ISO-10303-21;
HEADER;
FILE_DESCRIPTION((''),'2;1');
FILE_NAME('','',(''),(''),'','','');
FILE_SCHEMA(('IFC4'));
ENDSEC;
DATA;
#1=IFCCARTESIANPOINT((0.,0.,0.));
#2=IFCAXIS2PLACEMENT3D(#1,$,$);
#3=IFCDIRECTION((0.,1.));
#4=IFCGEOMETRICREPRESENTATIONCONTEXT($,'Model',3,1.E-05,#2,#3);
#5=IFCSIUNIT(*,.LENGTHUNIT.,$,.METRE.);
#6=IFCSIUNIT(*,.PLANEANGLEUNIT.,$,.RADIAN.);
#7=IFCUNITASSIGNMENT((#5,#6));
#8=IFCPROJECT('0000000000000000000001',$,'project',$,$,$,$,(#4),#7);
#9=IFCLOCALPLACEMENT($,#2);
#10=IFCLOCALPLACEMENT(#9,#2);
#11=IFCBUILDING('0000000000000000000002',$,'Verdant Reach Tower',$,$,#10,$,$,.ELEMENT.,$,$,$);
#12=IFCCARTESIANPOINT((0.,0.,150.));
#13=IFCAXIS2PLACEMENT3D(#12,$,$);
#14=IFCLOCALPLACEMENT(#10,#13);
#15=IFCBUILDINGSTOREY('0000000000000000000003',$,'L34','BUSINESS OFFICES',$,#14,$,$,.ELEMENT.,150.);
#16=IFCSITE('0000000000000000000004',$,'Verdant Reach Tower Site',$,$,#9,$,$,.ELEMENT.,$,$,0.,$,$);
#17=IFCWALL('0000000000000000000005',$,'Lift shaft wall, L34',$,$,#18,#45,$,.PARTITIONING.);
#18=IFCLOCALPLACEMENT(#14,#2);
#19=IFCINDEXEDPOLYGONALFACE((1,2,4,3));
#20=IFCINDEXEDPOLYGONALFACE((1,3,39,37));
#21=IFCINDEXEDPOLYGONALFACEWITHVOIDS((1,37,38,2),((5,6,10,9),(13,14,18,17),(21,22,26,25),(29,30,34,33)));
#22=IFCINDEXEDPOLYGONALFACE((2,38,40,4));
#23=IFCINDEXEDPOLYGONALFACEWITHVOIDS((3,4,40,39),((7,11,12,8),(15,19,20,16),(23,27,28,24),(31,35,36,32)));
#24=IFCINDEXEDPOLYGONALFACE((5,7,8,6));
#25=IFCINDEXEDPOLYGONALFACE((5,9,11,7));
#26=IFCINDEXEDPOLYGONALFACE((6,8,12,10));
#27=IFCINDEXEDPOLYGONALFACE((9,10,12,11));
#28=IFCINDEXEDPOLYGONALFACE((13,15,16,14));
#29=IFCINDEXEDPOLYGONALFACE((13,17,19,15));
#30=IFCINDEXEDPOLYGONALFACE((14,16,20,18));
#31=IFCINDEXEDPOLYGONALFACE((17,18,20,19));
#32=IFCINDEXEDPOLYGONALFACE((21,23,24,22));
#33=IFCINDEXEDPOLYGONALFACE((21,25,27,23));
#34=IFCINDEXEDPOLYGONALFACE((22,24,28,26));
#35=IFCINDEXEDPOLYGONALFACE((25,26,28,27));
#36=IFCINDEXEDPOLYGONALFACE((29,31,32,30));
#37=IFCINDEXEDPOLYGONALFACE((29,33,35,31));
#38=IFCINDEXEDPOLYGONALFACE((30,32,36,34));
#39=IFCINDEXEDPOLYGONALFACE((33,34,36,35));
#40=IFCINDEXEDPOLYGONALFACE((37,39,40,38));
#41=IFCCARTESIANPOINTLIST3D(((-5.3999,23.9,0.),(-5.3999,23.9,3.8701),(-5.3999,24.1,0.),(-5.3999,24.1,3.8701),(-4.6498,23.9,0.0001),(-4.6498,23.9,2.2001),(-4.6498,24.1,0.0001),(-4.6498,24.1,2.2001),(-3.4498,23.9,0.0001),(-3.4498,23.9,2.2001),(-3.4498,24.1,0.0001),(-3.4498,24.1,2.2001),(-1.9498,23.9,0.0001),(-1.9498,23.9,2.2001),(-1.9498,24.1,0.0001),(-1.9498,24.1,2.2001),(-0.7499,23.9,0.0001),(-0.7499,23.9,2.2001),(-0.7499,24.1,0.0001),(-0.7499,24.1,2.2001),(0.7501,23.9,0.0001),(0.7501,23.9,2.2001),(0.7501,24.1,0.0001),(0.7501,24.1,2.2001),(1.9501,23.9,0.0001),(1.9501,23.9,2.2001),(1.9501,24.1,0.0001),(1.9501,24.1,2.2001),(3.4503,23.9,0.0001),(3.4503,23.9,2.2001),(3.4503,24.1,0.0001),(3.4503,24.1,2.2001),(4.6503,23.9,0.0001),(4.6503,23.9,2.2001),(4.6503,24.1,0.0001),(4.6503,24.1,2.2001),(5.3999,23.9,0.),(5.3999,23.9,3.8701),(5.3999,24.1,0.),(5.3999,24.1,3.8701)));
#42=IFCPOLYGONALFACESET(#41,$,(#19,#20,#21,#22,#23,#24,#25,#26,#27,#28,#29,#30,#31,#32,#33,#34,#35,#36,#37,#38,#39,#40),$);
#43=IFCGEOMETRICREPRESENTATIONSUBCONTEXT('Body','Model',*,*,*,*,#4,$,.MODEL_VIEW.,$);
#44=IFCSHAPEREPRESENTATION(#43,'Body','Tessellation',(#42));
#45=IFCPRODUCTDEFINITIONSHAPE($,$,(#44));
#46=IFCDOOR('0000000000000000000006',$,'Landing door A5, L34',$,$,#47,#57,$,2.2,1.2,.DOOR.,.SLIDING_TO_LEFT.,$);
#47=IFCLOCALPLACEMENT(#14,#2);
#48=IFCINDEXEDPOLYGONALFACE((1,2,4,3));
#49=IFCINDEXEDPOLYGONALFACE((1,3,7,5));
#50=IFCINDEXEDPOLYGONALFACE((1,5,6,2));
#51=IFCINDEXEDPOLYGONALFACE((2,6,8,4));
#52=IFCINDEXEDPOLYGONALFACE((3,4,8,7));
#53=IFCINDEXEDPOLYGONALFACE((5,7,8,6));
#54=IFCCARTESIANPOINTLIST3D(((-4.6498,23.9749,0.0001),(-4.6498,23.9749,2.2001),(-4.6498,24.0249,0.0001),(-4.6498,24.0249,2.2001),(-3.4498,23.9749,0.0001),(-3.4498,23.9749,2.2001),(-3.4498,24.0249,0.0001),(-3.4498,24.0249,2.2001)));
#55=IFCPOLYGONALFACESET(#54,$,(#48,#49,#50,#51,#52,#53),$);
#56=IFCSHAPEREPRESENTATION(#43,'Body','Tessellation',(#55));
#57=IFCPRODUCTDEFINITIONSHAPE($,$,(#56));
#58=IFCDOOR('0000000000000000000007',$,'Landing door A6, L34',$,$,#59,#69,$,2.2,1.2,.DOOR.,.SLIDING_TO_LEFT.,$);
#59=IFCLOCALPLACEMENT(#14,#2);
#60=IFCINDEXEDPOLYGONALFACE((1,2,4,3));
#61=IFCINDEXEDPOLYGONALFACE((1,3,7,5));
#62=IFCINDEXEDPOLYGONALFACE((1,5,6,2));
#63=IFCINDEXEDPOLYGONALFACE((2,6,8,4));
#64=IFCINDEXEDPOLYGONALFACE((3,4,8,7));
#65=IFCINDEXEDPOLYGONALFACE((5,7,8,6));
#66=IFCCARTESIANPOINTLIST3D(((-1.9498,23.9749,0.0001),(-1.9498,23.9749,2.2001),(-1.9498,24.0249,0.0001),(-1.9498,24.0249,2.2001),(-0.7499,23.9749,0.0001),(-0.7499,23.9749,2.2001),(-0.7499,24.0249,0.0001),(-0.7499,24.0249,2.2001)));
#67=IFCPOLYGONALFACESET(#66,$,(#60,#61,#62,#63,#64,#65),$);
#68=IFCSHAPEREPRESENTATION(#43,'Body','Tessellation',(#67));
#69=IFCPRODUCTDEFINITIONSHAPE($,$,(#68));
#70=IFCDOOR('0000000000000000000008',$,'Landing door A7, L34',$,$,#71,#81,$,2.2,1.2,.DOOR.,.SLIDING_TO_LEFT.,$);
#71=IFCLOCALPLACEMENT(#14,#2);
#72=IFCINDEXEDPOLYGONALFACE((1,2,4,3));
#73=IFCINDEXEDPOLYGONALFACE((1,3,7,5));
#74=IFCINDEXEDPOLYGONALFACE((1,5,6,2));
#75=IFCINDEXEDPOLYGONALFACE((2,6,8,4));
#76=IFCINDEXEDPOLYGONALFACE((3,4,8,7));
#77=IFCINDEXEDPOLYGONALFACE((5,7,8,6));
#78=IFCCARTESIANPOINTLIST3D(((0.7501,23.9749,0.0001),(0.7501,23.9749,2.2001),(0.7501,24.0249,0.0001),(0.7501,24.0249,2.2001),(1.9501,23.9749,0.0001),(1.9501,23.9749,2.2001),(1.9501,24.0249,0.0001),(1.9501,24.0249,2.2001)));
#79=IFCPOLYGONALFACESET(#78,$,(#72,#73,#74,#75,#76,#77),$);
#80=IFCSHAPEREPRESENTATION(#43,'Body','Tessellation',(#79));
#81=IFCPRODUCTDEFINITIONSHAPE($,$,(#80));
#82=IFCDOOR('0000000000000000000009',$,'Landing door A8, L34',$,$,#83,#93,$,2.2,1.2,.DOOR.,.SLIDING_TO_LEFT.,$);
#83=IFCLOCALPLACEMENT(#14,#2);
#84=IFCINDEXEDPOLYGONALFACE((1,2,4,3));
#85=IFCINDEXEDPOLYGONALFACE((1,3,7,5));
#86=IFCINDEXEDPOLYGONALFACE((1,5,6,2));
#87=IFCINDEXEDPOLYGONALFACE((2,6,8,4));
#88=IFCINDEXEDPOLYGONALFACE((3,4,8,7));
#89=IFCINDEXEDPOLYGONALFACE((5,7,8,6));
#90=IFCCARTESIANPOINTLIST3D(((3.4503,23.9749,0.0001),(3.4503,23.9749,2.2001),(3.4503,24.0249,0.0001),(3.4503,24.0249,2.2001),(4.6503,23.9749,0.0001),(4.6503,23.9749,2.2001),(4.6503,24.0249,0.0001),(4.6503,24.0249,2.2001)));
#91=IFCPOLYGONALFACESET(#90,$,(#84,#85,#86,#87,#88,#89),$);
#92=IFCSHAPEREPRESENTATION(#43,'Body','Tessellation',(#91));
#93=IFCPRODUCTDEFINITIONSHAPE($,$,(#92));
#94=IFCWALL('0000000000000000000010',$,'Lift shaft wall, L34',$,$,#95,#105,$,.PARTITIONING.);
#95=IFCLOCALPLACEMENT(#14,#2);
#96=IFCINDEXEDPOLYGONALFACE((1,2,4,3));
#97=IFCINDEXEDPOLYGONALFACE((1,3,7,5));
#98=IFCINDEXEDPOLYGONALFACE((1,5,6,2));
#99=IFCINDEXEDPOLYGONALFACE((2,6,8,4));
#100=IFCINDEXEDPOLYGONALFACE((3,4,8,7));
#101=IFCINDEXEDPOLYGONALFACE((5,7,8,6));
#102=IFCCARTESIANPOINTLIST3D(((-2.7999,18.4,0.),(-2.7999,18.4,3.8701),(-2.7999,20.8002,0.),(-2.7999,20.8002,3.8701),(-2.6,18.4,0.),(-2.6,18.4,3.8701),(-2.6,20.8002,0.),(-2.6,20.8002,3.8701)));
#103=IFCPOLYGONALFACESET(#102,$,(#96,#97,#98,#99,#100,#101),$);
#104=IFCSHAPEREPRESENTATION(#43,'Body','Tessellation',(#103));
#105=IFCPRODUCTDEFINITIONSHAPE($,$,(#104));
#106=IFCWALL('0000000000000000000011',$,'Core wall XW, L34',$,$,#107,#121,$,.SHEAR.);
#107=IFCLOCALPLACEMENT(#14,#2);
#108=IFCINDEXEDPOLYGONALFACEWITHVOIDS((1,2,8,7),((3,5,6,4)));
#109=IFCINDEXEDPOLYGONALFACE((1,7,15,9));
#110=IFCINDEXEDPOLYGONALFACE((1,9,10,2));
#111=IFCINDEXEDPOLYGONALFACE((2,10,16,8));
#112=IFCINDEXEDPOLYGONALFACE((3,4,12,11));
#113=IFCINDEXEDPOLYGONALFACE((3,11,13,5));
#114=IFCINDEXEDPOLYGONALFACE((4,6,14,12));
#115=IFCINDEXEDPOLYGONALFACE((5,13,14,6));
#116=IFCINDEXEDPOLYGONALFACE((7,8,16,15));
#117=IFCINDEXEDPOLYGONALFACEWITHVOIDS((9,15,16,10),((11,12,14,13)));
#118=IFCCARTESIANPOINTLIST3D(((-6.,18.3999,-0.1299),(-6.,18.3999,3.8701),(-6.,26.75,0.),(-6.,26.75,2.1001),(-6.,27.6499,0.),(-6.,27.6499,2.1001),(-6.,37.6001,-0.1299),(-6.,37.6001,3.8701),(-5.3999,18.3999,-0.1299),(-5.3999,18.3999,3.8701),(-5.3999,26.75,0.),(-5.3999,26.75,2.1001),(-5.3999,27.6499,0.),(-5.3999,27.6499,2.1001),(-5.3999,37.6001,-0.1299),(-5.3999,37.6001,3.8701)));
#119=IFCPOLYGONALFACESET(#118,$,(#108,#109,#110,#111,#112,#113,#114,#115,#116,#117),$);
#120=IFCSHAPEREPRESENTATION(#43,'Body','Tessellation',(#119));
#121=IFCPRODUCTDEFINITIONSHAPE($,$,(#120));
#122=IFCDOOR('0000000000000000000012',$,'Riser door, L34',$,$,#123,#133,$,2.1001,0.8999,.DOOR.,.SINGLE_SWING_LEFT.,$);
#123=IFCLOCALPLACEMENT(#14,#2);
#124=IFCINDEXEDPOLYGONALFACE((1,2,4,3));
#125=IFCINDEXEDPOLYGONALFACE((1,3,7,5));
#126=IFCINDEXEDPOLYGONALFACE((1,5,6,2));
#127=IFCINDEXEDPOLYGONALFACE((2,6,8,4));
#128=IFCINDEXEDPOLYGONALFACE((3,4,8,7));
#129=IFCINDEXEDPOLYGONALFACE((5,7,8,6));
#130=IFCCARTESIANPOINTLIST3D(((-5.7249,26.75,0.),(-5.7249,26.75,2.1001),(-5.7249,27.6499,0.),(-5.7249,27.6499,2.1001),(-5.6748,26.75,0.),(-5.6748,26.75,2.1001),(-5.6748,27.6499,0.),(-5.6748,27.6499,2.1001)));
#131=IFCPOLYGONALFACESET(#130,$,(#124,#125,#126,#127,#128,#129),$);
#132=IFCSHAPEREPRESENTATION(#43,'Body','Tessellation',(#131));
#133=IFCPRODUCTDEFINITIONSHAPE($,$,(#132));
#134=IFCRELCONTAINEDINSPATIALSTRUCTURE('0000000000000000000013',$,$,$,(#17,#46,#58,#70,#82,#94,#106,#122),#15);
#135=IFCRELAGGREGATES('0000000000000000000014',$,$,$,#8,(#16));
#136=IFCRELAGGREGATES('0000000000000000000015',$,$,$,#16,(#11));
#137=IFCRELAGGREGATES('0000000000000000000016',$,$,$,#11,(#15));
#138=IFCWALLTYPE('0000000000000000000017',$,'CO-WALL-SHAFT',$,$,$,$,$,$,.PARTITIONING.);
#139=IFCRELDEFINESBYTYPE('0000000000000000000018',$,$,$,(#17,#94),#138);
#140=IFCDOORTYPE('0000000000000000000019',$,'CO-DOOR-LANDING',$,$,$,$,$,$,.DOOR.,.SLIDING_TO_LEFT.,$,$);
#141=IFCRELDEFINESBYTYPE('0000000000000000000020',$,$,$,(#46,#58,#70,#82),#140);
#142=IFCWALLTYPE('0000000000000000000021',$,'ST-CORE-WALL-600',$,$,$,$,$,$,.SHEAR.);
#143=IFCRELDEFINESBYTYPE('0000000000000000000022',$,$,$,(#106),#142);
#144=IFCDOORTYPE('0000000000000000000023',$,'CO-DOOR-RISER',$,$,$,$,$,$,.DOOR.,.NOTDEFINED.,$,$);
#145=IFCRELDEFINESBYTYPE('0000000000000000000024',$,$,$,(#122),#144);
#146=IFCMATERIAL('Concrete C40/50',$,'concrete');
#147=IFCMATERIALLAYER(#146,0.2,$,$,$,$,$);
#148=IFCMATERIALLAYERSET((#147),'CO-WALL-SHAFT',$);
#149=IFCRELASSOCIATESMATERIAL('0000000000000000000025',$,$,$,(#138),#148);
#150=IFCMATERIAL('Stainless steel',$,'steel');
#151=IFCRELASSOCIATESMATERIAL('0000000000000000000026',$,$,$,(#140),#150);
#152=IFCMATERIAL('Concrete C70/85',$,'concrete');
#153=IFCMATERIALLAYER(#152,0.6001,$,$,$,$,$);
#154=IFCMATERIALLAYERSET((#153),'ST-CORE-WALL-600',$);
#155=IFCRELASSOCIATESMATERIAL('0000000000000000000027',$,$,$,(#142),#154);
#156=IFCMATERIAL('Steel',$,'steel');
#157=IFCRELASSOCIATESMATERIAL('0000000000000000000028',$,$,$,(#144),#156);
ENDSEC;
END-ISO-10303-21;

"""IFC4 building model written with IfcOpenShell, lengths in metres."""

from ifc_helpers import new_model, si_unit, direction, frame, frame_2d, origin, place, context, subcontext, project, spatial, rectangle, extrude, material, layer, layer_set, type_object, element, fill, save


model = new_model("IFC4")

# Units and contexts
model_context = context("Model", 3, precision=1e-05, world=origin(), true_north=direction((0.0, 1.0)))
body_context = subcontext(model_context, "Body", "Model", "MODEL_VIEW")
ifc_project = project(units=[si_unit("LENGTHUNIT", "METRE"), si_unit("PLANEANGLEUNIT", "RADIAN")], contexts=[model_context])

# Site, building, storey
site_placement = place(None, origin())
site = spatial("IfcSite", under=ifc_project, at=site_placement, Name="Verdant Reach Tower Site", CompositionType="ELEMENT", RefElevation=0.0)
building_placement = place(site_placement, origin())
building = spatial("IfcBuilding", under=site, at=building_placement, Name="Verdant Reach Tower", CompositionType="ELEMENT")
storey_placement = place(building_placement, frame((0.0, 0.0, 150.0)))
storey = spatial("IfcBuildingStorey", under=building, at=storey_placement, Name="L34", Description="BUSINESS OFFICES", CompositionType="ELEMENT", Elevation=150.0)

# Wall, openings, doors
ifc_material_1 = material(Name="Concrete C40/50", Category="concrete")
ifc_layer_1 = layer(ifc_material_1, 0.2)
ifc_layer_set_1 = layer_set([ifc_layer_1], Name="CO-WALL-SHAFT")
wall_type_1 = type_object("IfcWallType", Name="CO-WALL-SHAFT", PredefinedType="PARTITIONING", material=ifc_layer_set_1)
ifc_material_2 = material(Name="Stainless steel", Category="steel")
door_type_1 = type_object("IfcDoorType", Name="CO-DOOR-LANDING", OperationType="SLIDING_TO_LEFT", PredefinedType="DOOR", material=ifc_material_2)
wall_1_placement = place(storey_placement, frame((-5.3999, 24.0, 0.0), z_axis=(0.0, 0.0, 1.0), x_axis=(1.0, 0.0, 0.0)))
wall_1 = element("IfcWall", 1, at=wall_1_placement, inside=storey, type_object=wall_type_1, Name="Lift shaft wall, L34", PredefinedType="PARTITIONING", context=body_context, shape_type="SweptSolid", body=[
    extrude(rectangle(XDim=10.7998, YDim=0.2, at=frame_2d((5.3999, 0.0))), origin(), (0.0, 0.0, 1.0), 3.8701),
])
opening_1_placement = place(wall_1_placement, frame((0.75, 0.0, 0.0)))
opening_1 = element("IfcOpeningElement", 2, at=opening_1_placement, cuts=wall_1, PredefinedType="OPENING", context=body_context, shape_type="SweptSolid", body=[
    extrude(rectangle(XDim=1.2, YDim=2.2, at=frame_2d((0.6001, 1.1001))), frame((0.0, 0.1099, 0.0), z_axis=(0.0, -1.0, 0.0), x_axis=(1.0, 0.0, 0.0)), (0.0, 0.0, 1.0), 0.22),
])
opening_2_placement = place(wall_1_placement, frame((3.45, 0.0, 0.0)))
opening_2 = element("IfcOpeningElement", 3, at=opening_2_placement, cuts=wall_1, PredefinedType="OPENING", context=body_context, shape_type="SweptSolid", body=[
    extrude(rectangle(XDim=1.2, YDim=2.2, at=frame_2d((0.6001, 1.1001))), frame((0.0, 0.1099, 0.0), z_axis=(0.0, -1.0, 0.0), x_axis=(1.0, 0.0, 0.0)), (0.0, 0.0, 1.0), 0.22),
])
opening_3_placement = place(wall_1_placement, frame((6.1499, 0.0, 0.0)))
opening_3 = element("IfcOpeningElement", 4, at=opening_3_placement, cuts=wall_1, PredefinedType="OPENING", context=body_context, shape_type="SweptSolid", body=[
    extrude(rectangle(XDim=1.2, YDim=2.2, at=frame_2d((0.6001, 1.1001))), frame((0.0, 0.1099, 0.0), z_axis=(0.0, -1.0, 0.0), x_axis=(1.0, 0.0, 0.0)), (0.0, 0.0, 1.0), 0.22),
])
opening_4_placement = place(wall_1_placement, frame((8.8501, 0.0, 0.0)))
opening_4 = element("IfcOpeningElement", 5, at=opening_4_placement, cuts=wall_1, PredefinedType="OPENING", context=body_context, shape_type="SweptSolid", body=[
    extrude(rectangle(XDim=1.2, YDim=2.2, at=frame_2d((0.6001, 1.1001))), frame((0.0, 0.1099, 0.0), z_axis=(0.0, -1.0, 0.0), x_axis=(1.0, 0.0, 0.0)), (0.0, 0.0, 1.0), 0.22),
])
door_1_placement = place(opening_1_placement, origin())
door_1 = element("IfcDoor", 6, at=door_1_placement, inside=storey, type_object=door_type_1, Name="Landing door A5, L34", OperationType="SLIDING_TO_LEFT", OverallHeight=2.2, OverallWidth=1.2, PredefinedType="DOOR", context=body_context, shape_type="SweptSolid", body=[
    extrude(rectangle(XDim=1.2, YDim=2.2, at=frame_2d((0.6001, 1.1001))), frame((0.0, 0.0249, 0.0), z_axis=(0.0, -1.0, 0.0), x_axis=(1.0, 0.0, 0.0)), (0.0, 0.0, 1.0), 0.05),
])
fill(opening_1, door_1)
door_2_placement = place(opening_2_placement, origin())
door_2 = element("IfcDoor", 7, at=door_2_placement, inside=storey, type_object=door_type_1, Name="Landing door A6, L34", OperationType="SLIDING_TO_LEFT", OverallHeight=2.2, OverallWidth=1.2, PredefinedType="DOOR", context=body_context, shape_type="SweptSolid", body=[
    extrude(rectangle(XDim=1.2, YDim=2.2, at=frame_2d((0.6001, 1.1001))), frame((0.0, 0.0249, 0.0), z_axis=(0.0, -1.0, 0.0), x_axis=(1.0, 0.0, 0.0)), (0.0, 0.0, 1.0), 0.05),
])
fill(opening_2, door_2)
door_3_placement = place(opening_3_placement, origin())
door_3 = element("IfcDoor", 8, at=door_3_placement, inside=storey, type_object=door_type_1, Name="Landing door A7, L34", OperationType="SLIDING_TO_LEFT", OverallHeight=2.2, OverallWidth=1.2, PredefinedType="DOOR", context=body_context, shape_type="SweptSolid", body=[
    extrude(rectangle(XDim=1.2, YDim=2.2, at=frame_2d((0.6001, 1.1001))), frame((0.0, 0.0249, 0.0), z_axis=(0.0, -1.0, 0.0), x_axis=(1.0, 0.0, 0.0)), (0.0, 0.0, 1.0), 0.05),
])
fill(opening_3, door_3)
door_4_placement = place(opening_4_placement, origin())
door_4 = element("IfcDoor", 9, at=door_4_placement, inside=storey, type_object=door_type_1, Name="Landing door A8, L34", OperationType="SLIDING_TO_LEFT", OverallHeight=2.2, OverallWidth=1.2, PredefinedType="DOOR", context=body_context, shape_type="SweptSolid", body=[
    extrude(rectangle(XDim=1.2, YDim=2.2, at=frame_2d((0.6001, 1.1001))), frame((0.0, 0.0249, 0.0), z_axis=(0.0, -1.0, 0.0), x_axis=(1.0, 0.0, 0.0)), (0.0, 0.0, 1.0), 0.05),
])
fill(opening_4, door_4)

# Wall
wall_2_placement = place(storey_placement, frame((-2.7, 18.3999, 0.0), z_axis=(0.0, 0.0, 1.0), x_axis=(0.0, 1.0, 0.0)))
element("IfcWall", 10, at=wall_2_placement, inside=storey, type_object=wall_type_1, Name="Lift shaft wall, L34", PredefinedType="PARTITIONING", context=body_context, shape_type="SweptSolid", body=[
    extrude(rectangle(XDim=2.4001, YDim=0.2, at=frame_2d((1.2002, 0.0))), origin(), (0.0, 0.0, 1.0), 3.8701),
])

# Wall, opening, door
ifc_material_3 = material(Name="Concrete C70/85", Category="concrete")
ifc_layer_2 = layer(ifc_material_3, 0.6001)
ifc_layer_set_2 = layer_set([ifc_layer_2], Name="ST-CORE-WALL-600")
wall_type_2 = type_object("IfcWallType", Name="ST-CORE-WALL-600", PredefinedType="SHEAR", material=ifc_layer_set_2)
wall_3_placement = place(storey_placement, frame((-5.7, 18.3999, -0.1299), z_axis=(0.0, 0.0, 1.0), x_axis=(0.0, 1.0, 0.0)))
wall_3 = element("IfcWall", 11, at=wall_3_placement, inside=storey, type_object=wall_type_2, Name="Core wall XW, L34", PredefinedType="SHEAR", context=body_context, shape_type="SweptSolid", body=[
    extrude(rectangle(XDim=19.2002, YDim=0.6001, at=frame_2d((9.6001, 0.0))), origin(), (0.0, 0.0, 1.0), 4.0),
])
opening_5_placement = place(wall_3_placement, frame((8.3501, 0.0, 0.1299)))
opening_5 = element("IfcOpeningElement", 12, at=opening_5_placement, cuts=wall_3, PredefinedType="OPENING", context=body_context, shape_type="SweptSolid", body=[
    extrude(rectangle(XDim=0.8999, YDim=2.1001, at=frame_2d((0.45, 1.05))), frame((0.0, 0.3101, 0.0), z_axis=(0.0, -1.0, 0.0), x_axis=(1.0, 0.0, 0.0)), (0.0, 0.0, 1.0), 0.6201),
])
ifc_material_4 = material(Name="Steel", Category="steel")
door_type_2 = type_object("IfcDoorType", Name="CO-DOOR-RISER", OperationType="NOTDEFINED", PredefinedType="DOOR", material=ifc_material_4)
door_5_placement = place(opening_5_placement, origin())
door_5 = element("IfcDoor", 13, at=door_5_placement, inside=storey, type_object=door_type_2, Name="Riser door, L34", OperationType="SINGLE_SWING_LEFT", OverallHeight=2.1001, OverallWidth=0.8999, PredefinedType="DOOR", context=body_context, shape_type="SweptSolid", body=[
    extrude(rectangle(XDim=0.8999, YDim=2.1001, at=frame_2d((0.45, 1.05))), frame((0.0, 0.0249, 0.0), z_axis=(0.0, -1.0, 0.0), x_axis=(1.0, 0.0, 0.0)), (0.0, 0.0, 1.0), 0.05),
])
fill(opening_5, door_5)

save(model, "model.ifc")
